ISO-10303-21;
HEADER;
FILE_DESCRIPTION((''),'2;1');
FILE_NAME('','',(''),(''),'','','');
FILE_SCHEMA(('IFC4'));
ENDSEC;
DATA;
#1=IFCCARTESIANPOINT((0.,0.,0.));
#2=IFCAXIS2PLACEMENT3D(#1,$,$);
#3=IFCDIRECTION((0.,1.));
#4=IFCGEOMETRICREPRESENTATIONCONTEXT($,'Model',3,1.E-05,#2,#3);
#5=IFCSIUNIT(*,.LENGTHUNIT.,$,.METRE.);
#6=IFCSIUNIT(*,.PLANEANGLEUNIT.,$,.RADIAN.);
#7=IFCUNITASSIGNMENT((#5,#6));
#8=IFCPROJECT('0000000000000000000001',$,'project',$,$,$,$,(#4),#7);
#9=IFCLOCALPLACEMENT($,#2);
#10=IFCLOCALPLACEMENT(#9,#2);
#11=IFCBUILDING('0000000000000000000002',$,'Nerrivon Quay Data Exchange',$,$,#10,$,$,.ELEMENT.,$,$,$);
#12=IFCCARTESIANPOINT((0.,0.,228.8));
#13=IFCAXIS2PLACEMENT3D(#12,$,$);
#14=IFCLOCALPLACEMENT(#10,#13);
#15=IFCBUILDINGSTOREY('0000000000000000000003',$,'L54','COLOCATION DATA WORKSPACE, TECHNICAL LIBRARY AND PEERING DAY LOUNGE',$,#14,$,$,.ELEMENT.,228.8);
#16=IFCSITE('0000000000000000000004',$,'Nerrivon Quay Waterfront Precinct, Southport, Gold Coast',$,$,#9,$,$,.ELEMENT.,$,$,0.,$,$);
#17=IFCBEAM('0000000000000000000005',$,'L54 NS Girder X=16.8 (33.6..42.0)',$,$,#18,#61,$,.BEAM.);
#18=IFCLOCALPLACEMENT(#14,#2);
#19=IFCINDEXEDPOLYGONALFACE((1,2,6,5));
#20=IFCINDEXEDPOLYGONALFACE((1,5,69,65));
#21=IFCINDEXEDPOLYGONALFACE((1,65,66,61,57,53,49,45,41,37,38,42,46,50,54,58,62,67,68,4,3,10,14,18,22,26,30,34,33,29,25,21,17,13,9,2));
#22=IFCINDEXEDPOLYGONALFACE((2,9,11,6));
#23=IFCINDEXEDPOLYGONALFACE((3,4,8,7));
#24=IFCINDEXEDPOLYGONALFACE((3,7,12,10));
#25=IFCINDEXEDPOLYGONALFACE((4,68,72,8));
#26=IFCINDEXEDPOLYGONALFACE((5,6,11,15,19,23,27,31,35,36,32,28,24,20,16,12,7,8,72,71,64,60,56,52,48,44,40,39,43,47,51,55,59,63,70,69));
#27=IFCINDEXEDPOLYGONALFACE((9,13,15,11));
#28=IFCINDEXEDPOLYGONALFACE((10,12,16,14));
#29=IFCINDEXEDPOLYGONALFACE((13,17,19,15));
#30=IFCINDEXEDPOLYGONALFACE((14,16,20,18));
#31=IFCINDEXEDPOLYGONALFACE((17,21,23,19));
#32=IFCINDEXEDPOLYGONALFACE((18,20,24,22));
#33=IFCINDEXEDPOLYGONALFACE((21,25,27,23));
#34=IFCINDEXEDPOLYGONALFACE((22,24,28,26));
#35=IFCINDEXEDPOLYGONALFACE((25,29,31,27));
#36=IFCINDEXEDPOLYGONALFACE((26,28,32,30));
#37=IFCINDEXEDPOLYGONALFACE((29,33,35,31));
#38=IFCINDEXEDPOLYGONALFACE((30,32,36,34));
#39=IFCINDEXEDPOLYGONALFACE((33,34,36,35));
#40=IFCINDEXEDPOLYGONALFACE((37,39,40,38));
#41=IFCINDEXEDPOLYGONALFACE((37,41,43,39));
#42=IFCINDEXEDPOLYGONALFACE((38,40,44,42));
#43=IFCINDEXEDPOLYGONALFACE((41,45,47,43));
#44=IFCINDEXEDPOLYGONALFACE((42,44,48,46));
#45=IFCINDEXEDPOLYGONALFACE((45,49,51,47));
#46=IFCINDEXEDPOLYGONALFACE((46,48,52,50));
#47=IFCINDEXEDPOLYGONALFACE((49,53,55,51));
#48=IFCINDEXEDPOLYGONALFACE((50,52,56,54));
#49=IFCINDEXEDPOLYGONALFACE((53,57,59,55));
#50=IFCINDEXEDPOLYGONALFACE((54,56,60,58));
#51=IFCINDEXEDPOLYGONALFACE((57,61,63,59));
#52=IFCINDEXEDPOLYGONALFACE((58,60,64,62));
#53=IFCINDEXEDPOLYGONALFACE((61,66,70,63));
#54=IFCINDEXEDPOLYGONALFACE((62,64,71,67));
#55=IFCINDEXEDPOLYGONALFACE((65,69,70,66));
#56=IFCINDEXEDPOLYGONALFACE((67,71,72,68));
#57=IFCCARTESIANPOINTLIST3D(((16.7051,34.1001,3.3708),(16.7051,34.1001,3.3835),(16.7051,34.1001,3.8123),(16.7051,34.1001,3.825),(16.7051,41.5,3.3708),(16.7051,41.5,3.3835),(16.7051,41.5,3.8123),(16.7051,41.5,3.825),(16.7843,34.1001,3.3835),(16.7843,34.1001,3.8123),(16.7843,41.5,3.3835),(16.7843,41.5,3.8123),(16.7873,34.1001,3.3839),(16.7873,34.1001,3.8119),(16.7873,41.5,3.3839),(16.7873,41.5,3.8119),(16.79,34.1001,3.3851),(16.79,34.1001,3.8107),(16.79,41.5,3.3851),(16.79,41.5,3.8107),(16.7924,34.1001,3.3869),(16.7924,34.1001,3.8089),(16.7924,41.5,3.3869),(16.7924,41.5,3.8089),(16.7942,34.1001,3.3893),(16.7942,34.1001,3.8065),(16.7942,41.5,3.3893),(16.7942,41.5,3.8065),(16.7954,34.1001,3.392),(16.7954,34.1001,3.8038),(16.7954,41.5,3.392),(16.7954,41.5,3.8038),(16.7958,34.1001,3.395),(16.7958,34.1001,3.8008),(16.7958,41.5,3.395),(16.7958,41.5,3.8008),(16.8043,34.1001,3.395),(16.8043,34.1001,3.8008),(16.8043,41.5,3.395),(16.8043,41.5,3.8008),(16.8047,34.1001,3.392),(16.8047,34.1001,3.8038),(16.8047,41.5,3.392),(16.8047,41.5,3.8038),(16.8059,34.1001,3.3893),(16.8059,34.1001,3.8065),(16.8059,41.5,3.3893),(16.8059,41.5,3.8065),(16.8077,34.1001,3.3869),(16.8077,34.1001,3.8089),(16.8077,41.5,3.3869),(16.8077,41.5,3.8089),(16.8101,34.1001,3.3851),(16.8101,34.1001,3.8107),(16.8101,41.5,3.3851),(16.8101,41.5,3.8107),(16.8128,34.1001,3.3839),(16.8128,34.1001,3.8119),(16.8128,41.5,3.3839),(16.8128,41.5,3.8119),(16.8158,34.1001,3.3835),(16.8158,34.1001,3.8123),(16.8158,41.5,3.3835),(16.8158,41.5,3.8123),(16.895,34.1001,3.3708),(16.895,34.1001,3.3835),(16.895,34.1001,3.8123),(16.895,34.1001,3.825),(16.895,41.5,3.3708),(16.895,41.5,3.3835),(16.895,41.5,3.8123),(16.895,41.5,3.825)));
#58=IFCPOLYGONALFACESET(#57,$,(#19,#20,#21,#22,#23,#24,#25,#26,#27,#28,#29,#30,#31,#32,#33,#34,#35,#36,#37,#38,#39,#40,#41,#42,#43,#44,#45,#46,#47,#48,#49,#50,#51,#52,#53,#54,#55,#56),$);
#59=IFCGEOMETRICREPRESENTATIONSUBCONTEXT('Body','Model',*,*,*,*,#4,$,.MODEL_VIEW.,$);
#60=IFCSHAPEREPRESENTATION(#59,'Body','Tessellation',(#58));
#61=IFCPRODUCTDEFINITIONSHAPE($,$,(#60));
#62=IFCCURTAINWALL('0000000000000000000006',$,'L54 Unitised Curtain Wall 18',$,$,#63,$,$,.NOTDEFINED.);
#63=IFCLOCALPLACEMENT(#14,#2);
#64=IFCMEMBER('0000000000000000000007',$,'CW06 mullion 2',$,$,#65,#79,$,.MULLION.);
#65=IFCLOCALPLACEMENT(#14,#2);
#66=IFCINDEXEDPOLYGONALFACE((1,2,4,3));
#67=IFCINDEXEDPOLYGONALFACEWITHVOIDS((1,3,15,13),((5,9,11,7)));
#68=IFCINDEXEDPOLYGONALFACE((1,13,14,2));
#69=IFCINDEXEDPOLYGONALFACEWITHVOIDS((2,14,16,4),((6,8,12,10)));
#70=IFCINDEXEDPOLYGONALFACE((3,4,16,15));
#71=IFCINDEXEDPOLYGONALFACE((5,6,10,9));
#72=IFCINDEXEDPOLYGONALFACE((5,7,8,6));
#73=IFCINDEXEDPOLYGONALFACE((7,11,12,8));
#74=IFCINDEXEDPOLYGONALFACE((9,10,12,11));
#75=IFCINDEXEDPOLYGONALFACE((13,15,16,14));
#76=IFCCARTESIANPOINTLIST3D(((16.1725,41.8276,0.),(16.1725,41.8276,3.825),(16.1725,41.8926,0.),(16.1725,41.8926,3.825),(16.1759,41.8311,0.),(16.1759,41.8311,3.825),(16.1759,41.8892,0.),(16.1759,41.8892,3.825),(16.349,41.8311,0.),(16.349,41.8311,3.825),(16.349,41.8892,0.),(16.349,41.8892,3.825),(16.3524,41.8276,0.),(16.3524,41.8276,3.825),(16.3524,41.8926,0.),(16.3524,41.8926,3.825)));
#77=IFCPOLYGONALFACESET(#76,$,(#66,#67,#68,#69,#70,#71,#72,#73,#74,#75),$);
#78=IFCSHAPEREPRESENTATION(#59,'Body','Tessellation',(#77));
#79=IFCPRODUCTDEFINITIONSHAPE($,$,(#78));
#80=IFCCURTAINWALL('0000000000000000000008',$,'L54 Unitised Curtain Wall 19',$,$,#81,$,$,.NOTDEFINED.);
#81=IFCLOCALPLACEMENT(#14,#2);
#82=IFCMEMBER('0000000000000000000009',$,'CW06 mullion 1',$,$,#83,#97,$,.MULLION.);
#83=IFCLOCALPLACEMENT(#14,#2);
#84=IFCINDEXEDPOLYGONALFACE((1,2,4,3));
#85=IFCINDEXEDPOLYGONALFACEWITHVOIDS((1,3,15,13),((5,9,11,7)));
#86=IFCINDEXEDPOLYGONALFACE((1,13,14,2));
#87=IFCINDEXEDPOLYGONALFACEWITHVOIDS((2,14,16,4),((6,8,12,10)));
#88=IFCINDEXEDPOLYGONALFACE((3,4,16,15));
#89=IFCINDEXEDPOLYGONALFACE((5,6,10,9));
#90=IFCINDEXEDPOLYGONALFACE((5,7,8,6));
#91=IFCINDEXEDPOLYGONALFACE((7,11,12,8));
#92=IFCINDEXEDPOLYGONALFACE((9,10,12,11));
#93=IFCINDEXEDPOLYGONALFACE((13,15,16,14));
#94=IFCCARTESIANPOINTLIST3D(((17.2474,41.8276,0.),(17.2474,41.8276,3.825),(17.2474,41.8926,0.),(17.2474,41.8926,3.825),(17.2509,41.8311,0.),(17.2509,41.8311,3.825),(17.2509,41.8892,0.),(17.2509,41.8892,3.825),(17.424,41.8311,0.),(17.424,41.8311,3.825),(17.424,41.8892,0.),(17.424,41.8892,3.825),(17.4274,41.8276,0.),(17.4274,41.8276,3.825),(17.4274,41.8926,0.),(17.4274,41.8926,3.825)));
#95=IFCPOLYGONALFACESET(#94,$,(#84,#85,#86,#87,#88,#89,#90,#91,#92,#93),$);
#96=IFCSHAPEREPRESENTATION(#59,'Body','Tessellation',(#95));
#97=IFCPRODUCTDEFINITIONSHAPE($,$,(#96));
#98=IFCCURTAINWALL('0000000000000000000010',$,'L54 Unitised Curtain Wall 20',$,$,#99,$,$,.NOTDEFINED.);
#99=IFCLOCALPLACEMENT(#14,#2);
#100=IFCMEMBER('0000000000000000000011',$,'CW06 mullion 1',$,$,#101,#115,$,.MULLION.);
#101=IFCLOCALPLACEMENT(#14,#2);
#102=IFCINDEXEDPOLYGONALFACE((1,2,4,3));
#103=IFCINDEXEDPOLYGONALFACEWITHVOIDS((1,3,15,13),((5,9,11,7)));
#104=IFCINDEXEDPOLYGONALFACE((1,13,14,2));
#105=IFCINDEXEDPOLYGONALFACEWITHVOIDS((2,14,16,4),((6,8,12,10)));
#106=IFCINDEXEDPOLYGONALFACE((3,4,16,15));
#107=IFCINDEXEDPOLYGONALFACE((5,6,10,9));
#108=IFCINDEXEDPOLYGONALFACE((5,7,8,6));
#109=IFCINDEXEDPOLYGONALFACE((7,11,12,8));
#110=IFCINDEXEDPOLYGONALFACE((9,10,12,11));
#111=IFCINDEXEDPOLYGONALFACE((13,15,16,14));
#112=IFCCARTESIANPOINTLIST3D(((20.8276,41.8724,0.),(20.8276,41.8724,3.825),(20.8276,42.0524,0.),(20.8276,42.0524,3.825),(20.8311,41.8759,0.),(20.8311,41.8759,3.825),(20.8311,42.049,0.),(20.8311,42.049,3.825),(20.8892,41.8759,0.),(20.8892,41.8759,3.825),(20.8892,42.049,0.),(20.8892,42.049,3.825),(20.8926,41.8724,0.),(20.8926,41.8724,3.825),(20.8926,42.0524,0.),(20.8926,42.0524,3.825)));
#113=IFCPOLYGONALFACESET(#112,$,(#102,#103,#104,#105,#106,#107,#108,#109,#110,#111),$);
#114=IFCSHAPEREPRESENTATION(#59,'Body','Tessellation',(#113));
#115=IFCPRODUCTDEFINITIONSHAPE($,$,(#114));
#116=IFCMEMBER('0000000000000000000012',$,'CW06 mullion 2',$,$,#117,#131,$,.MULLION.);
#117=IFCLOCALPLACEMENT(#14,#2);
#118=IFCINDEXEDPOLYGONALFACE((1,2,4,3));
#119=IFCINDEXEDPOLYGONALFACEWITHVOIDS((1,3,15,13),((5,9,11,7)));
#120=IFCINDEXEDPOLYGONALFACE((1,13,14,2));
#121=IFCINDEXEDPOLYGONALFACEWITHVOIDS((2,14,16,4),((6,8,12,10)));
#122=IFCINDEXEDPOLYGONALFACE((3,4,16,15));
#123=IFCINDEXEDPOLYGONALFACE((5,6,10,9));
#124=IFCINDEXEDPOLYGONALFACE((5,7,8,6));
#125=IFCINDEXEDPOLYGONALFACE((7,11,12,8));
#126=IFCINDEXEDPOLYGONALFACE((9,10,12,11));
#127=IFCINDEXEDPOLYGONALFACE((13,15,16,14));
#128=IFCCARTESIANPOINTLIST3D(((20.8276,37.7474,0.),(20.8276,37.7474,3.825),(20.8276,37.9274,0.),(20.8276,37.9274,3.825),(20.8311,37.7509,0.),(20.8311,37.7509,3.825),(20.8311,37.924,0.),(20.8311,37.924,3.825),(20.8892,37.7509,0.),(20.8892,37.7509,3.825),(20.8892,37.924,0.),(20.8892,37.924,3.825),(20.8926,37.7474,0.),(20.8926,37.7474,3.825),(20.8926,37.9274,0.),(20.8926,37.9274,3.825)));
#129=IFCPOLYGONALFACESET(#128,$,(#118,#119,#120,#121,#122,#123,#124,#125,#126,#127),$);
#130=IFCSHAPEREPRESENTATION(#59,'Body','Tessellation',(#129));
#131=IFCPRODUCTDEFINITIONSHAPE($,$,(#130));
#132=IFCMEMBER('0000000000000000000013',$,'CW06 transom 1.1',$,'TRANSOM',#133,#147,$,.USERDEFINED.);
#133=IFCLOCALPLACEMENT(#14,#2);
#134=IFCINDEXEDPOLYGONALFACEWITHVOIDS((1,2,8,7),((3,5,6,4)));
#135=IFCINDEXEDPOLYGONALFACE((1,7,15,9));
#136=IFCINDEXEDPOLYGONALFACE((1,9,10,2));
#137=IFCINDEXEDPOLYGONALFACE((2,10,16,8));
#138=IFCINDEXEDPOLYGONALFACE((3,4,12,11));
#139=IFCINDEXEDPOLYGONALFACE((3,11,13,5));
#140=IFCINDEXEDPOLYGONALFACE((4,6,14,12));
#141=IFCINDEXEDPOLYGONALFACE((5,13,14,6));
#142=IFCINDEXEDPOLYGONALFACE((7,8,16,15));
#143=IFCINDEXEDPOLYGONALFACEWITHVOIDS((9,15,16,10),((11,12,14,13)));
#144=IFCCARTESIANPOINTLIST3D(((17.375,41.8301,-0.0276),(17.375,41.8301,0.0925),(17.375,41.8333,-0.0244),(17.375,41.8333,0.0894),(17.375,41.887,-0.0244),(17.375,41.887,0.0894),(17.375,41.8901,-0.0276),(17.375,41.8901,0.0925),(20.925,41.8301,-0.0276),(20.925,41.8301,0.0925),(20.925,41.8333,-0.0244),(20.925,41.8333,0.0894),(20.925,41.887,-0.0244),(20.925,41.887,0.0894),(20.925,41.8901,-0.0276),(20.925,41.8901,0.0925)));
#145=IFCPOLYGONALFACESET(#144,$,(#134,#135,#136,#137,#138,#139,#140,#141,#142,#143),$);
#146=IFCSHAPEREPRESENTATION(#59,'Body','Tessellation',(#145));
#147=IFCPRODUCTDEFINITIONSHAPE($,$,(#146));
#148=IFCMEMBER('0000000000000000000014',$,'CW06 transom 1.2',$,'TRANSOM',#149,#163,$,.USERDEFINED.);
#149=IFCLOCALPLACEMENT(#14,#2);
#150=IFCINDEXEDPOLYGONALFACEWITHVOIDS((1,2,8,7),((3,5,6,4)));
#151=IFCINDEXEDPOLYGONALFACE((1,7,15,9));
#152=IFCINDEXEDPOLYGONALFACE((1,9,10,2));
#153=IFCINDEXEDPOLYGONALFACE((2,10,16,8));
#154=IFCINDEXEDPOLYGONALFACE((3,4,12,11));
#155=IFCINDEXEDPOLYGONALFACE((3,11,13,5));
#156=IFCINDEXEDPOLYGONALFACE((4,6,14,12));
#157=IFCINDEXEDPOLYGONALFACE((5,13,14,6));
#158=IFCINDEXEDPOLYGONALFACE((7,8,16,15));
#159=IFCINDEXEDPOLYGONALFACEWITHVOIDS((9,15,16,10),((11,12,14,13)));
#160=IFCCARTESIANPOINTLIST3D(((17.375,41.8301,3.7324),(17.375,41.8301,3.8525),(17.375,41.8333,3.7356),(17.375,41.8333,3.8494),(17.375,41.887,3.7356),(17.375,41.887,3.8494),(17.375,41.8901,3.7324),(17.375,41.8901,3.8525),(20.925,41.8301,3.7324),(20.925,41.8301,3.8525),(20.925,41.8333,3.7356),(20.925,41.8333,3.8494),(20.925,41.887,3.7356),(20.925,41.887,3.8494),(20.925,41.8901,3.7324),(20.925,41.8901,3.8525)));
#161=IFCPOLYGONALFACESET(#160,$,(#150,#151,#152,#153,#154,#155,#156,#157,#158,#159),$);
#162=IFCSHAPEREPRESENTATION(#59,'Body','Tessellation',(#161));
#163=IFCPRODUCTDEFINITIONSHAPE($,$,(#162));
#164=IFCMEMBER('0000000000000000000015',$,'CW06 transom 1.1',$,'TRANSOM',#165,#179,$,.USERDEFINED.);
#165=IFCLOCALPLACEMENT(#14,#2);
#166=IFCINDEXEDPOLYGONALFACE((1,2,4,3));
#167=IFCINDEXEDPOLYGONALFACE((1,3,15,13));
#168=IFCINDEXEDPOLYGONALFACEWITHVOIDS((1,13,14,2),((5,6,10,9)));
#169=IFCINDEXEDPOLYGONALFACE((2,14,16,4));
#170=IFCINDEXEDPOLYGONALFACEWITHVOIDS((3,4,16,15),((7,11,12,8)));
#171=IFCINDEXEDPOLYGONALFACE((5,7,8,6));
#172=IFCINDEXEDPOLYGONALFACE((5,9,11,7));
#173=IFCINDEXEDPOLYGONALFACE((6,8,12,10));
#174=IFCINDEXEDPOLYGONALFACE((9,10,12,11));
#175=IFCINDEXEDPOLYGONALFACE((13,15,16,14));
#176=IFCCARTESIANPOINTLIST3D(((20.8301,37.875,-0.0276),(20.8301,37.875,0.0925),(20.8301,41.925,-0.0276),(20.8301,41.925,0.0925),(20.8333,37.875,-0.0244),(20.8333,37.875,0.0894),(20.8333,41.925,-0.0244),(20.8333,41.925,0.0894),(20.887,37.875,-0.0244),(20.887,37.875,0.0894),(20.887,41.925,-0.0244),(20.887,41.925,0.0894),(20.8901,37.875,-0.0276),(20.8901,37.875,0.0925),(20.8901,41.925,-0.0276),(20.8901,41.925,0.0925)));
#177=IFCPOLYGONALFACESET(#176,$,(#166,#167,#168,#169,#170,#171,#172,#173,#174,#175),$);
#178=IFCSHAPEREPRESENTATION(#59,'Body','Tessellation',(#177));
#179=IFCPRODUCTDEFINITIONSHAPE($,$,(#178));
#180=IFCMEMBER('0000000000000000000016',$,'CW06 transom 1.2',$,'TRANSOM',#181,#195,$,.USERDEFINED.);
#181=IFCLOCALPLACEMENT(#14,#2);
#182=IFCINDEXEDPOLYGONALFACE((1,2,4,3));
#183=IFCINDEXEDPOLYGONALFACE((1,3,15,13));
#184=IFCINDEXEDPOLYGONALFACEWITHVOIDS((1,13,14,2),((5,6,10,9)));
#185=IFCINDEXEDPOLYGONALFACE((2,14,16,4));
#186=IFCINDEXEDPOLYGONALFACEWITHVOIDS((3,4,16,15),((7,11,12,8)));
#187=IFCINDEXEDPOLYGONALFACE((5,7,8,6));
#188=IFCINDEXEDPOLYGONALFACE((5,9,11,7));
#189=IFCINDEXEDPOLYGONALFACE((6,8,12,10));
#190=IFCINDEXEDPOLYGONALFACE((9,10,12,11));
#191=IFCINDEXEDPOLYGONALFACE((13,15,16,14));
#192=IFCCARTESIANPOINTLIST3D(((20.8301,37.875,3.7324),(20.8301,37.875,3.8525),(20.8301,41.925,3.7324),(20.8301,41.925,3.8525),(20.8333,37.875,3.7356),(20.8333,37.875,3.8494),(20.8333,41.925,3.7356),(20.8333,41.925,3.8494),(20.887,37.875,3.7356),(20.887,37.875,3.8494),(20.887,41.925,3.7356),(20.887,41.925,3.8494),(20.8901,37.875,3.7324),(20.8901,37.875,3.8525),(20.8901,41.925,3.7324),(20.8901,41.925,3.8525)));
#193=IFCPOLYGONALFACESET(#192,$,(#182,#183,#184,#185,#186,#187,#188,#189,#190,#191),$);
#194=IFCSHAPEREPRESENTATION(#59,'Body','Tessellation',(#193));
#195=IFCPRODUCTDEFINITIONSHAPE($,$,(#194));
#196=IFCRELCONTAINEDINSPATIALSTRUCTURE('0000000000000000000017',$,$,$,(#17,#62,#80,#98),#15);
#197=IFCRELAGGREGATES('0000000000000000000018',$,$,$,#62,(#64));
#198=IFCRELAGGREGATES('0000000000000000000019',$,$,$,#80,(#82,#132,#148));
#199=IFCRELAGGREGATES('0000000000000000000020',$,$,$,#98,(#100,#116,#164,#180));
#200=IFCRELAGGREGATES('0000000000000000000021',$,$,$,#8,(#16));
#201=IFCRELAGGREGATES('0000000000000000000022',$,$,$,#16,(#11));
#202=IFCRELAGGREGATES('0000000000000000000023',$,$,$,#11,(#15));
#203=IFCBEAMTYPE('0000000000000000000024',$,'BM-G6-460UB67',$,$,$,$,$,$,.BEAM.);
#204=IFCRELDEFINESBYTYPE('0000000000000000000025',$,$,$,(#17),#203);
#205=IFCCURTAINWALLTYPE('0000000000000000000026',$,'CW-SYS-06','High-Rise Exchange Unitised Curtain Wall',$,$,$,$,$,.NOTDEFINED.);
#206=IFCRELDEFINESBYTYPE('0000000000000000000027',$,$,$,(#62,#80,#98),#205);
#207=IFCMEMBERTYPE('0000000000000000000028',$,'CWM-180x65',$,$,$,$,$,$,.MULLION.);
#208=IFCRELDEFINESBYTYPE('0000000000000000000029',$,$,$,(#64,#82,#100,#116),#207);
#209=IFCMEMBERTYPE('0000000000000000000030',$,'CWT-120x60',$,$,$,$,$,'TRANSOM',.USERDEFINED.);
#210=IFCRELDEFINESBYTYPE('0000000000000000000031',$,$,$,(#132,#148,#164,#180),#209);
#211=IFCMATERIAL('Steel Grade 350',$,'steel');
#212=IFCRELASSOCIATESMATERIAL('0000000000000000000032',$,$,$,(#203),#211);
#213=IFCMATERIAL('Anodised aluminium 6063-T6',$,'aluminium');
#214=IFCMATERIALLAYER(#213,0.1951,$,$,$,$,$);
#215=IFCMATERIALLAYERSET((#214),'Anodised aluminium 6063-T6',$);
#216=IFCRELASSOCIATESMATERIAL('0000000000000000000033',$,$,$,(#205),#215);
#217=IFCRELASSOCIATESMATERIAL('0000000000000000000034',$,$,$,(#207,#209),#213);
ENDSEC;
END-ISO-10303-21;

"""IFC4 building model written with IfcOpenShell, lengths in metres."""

from ifc_helpers import new_model, si_unit, direction, frame, origin, origin_2d, place, context, subcontext, project, spatial, hollow_rectangle, i_section, extrude, material, layer, layer_set, material_profile, profile_set, type_object, element, aggregate, save


model = new_model("IFC4")

# Units and contexts
model_context = context("Model", 3, precision=1e-05, world=origin(), true_north=direction((0.0, 1.0)))
body_context = subcontext(model_context, "Body", "Model", "MODEL_VIEW")
ifc_project = project(units=[si_unit("LENGTHUNIT", "METRE"), si_unit("PLANEANGLEUNIT", "RADIAN")], contexts=[model_context])

# Site, building, storey
site_placement = place(None, origin())
site = spatial("IfcSite", under=ifc_project, at=site_placement, Name="Nerrivon Quay Waterfront Precinct, Southport, Gold Coast", CompositionType="ELEMENT", RefElevation=0.0)
building_placement = place(site_placement, origin())
building = spatial("IfcBuilding", under=site, at=building_placement, Name="Nerrivon Quay Data Exchange", CompositionType="ELEMENT")
storey_placement = place(building_placement, frame((0.0, 0.0, 228.8)))
storey = spatial("IfcBuildingStorey", under=building, at=storey_placement, Name="L54", Description="COLOCATION DATA WORKSPACE, TECHNICAL LIBRARY AND PEERING DAY LOUNGE", CompositionType="ELEMENT", Elevation=228.8)

# Beam
ifc_material_1 = material(Name="Steel Grade 350", Category="steel")
ifc_material_profile_1 = material_profile(ifc_material_1, i_section(OverallWidth=0.1899, OverallDepth=0.4541, WebThickness=0.0085, FlangeThickness=0.0127, FilletRadius=0.0115, at=origin_2d()), Name="460UB67.1")
ifc_profile_set_1 = profile_set([ifc_material_profile_1], Name="Steel Grade 350")
beam_type_1 = type_object("IfcBeamType", Name="BM-G6-460UB67", PredefinedType="BEAM", material=ifc_profile_set_1)
beam_1_placement = place(storey_placement, frame((16.8, 34.1001, 3.5979), z_axis=(0.0, 1.0, 0.0), x_axis=(-1.0, 0.0, 0.0)))
element("IfcBeam", 1, at=beam_1_placement, inside=storey, type_object=beam_type_1, Name="L54 NS Girder X=16.8 (33.6..42.0)", PredefinedType="BEAM", context=body_context, shape_type="SweptSolid", body=[
    extrude(i_section(OverallWidth=0.1899, OverallDepth=0.4541, WebThickness=0.0085, FlangeThickness=0.0127, FilletRadius=0.0115, at=origin_2d()), origin(), (0.0, 0.0, 1.0), 7.3999),
])

# Curtain walls, members
ifc_material_2 = material(Name="Anodised aluminium 6063-T6", Category="aluminium")
ifc_layer_1 = layer(ifc_material_2, 0.1951)
ifc_layer_set_1 = layer_set([ifc_layer_1], Name="Anodised aluminium 6063-T6")
curtain_wall_type = type_object("IfcCurtainWallType", Name="CW-SYS-06", Description="High-Rise Exchange Unitised Curtain Wall", PredefinedType="NOTDEFINED", material=ifc_layer_set_1)
curtain_wall_1_placement = place(storey_placement, origin())
curtain_wall_1 = element("IfcCurtainWall", 2, at=curtain_wall_1_placement, inside=storey, type_object=curtain_wall_type, Name="L54 Unitised Curtain Wall 18", PredefinedType="NOTDEFINED")
ifc_material_profile_2 = material_profile(ifc_material_2, hollow_rectangle(XDim=0.0649, YDim=0.1799, WallThickness=0.0034, at=origin_2d()), Name="ALU-MULL-180x65")
ifc_profile_set_2 = profile_set([ifc_material_profile_2], Name="Anodised aluminium 6063-T6")
member_type_1 = type_object("IfcMemberType", Name="CWM-180x65", PredefinedType="MULLION", material=ifc_profile_set_2)
member_1_placement = place(storey_placement, frame((16.2625, 41.8601, 0.0), z_axis=(0.0, 0.0, 1.0), x_axis=(0.0, 1.0, 0.0)))
member_1 = element("IfcMember", 3, at=member_1_placement, type_object=member_type_1, Name="CW06 mullion 2", PredefinedType="MULLION", context=body_context, shape_type="SweptSolid", body=[
    extrude(hollow_rectangle(XDim=0.0649, YDim=0.1799, WallThickness=0.0034, at=origin_2d()), origin(), (0.0, 0.0, 1.0), 3.825),
])
aggregate(curtain_wall_1, [member_1])
curtain_wall_2_placement = place(storey_placement, origin())
curtain_wall_2 = element("IfcCurtainWall", 4, at=curtain_wall_2_placement, inside=storey, type_object=curtain_wall_type, Name="L54 Unitised Curtain Wall 19", PredefinedType="NOTDEFINED")
member_2_placement = place(storey_placement, frame((17.3374, 41.8601, 0.0), z_axis=(0.0, 0.0, 1.0), x_axis=(0.0, 1.0, 0.0)))
member_2 = element("IfcMember", 5, at=member_2_placement, type_object=member_type_1, Name="CW06 mullion 1", PredefinedType="MULLION", context=body_context, shape_type="SweptSolid", body=[
    extrude(hollow_rectangle(XDim=0.0649, YDim=0.1799, WallThickness=0.0034, at=origin_2d()), origin(), (0.0, 0.0, 1.0), 3.825),
])

# Curtain wall, members
curtain_wall_3_placement = place(storey_placement, origin())
curtain_wall_3 = element("IfcCurtainWall", 6, at=curtain_wall_3_placement, inside=storey, type_object=curtain_wall_type, Name="L54 Unitised Curtain Wall 20", PredefinedType="NOTDEFINED")
member_3_placement = place(storey_placement, frame((20.8601, 41.9624, 0.0), z_axis=(0.0, 0.0, 1.0), x_axis=(1.0, 0.0, 0.0)))
member_3 = element("IfcMember", 7, at=member_3_placement, type_object=member_type_1, Name="CW06 mullion 1", PredefinedType="MULLION", context=body_context, shape_type="SweptSolid", body=[
    extrude(hollow_rectangle(XDim=0.0649, YDim=0.1799, WallThickness=0.0034, at=origin_2d()), origin(), (0.0, 0.0, 1.0), 3.825),
])
member_4_placement = place(storey_placement, frame((20.8601, 37.8374, 0.0), z_axis=(0.0, 0.0, 1.0), x_axis=(1.0, 0.0, 0.0)))
member_4 = element("IfcMember", 8, at=member_4_placement, type_object=member_type_1, Name="CW06 mullion 2", PredefinedType="MULLION", context=body_context, shape_type="SweptSolid", body=[
    extrude(hollow_rectangle(XDim=0.0649, YDim=0.1799, WallThickness=0.0034, at=origin_2d()), origin(), (0.0, 0.0, 1.0), 3.825),
])

# Members
ifc_material_profile_3 = material_profile(ifc_material_2, hollow_rectangle(XDim=0.0601, YDim=0.1201, WallThickness=0.0032, at=origin_2d()), Name="ALU-TRAN-120x60")
ifc_profile_set_3 = profile_set([ifc_material_profile_3], Name="Anodised aluminium 6063-T6")
member_type_2 = type_object("IfcMemberType", Name="CWT-120x60", ElementType="TRANSOM", PredefinedType="USERDEFINED", material=ifc_profile_set_3)
member_5_placement = place(storey_placement, frame((17.375, 41.8601, 0.0325), z_axis=(1.0, 0.0, 0.0), x_axis=(0.0, 1.0, 0.0)))
member_5 = element("IfcMember", 9, at=member_5_placement, type_object=member_type_2, Name="CW06 transom 1.1", ObjectType="TRANSOM", PredefinedType="USERDEFINED", context=body_context, shape_type="SweptSolid", body=[
    extrude(hollow_rectangle(XDim=0.0601, YDim=0.1201, WallThickness=0.0032, at=origin_2d()), origin(), (0.0, 0.0, 1.0), 3.55),
])
member_6_placement = place(storey_placement, frame((17.375, 41.8601, 3.7925), z_axis=(1.0, 0.0, 0.0), x_axis=(0.0, 1.0, 0.0)))
member_6 = element("IfcMember", 10, at=member_6_placement, type_object=member_type_2, Name="CW06 transom 1.2", ObjectType="TRANSOM", PredefinedType="USERDEFINED", context=body_context, shape_type="SweptSolid", body=[
    extrude(hollow_rectangle(XDim=0.0601, YDim=0.1201, WallThickness=0.0032, at=origin_2d()), origin(), (0.0, 0.0, 1.0), 3.55),
])
member_7_placement = place(storey_placement, frame((20.8601, 41.925, 0.0325), z_axis=(0.0, -1.0, 0.0), x_axis=(1.0, 0.0, 0.0)))
member_7 = element("IfcMember", 11, at=member_7_placement, type_object=member_type_2, Name="CW06 transom 1.1", ObjectType="TRANSOM", PredefinedType="USERDEFINED", context=body_context, shape_type="SweptSolid", body=[
    extrude(hollow_rectangle(XDim=0.0601, YDim=0.1201, WallThickness=0.0032, at=origin_2d()), origin(), (0.0, 0.0, 1.0), 4.05),
])
member_8_placement = place(storey_placement, frame((20.8601, 41.925, 3.7925), z_axis=(0.0, -1.0, 0.0), x_axis=(1.0, 0.0, 0.0)))
member_8 = element("IfcMember", 12, at=member_8_placement, type_object=member_type_2, Name="CW06 transom 1.2", ObjectType="TRANSOM", PredefinedType="USERDEFINED", context=body_context, shape_type="SweptSolid", body=[
    extrude(hollow_rectangle(XDim=0.0601, YDim=0.1201, WallThickness=0.0032, at=origin_2d()), origin(), (0.0, 0.0, 1.0), 4.05),
])

aggregate(curtain_wall_2, [member_2, member_5, member_6])
aggregate(curtain_wall_3, [member_3, member_4, member_7, member_8])

save(model, "model.ifc")
